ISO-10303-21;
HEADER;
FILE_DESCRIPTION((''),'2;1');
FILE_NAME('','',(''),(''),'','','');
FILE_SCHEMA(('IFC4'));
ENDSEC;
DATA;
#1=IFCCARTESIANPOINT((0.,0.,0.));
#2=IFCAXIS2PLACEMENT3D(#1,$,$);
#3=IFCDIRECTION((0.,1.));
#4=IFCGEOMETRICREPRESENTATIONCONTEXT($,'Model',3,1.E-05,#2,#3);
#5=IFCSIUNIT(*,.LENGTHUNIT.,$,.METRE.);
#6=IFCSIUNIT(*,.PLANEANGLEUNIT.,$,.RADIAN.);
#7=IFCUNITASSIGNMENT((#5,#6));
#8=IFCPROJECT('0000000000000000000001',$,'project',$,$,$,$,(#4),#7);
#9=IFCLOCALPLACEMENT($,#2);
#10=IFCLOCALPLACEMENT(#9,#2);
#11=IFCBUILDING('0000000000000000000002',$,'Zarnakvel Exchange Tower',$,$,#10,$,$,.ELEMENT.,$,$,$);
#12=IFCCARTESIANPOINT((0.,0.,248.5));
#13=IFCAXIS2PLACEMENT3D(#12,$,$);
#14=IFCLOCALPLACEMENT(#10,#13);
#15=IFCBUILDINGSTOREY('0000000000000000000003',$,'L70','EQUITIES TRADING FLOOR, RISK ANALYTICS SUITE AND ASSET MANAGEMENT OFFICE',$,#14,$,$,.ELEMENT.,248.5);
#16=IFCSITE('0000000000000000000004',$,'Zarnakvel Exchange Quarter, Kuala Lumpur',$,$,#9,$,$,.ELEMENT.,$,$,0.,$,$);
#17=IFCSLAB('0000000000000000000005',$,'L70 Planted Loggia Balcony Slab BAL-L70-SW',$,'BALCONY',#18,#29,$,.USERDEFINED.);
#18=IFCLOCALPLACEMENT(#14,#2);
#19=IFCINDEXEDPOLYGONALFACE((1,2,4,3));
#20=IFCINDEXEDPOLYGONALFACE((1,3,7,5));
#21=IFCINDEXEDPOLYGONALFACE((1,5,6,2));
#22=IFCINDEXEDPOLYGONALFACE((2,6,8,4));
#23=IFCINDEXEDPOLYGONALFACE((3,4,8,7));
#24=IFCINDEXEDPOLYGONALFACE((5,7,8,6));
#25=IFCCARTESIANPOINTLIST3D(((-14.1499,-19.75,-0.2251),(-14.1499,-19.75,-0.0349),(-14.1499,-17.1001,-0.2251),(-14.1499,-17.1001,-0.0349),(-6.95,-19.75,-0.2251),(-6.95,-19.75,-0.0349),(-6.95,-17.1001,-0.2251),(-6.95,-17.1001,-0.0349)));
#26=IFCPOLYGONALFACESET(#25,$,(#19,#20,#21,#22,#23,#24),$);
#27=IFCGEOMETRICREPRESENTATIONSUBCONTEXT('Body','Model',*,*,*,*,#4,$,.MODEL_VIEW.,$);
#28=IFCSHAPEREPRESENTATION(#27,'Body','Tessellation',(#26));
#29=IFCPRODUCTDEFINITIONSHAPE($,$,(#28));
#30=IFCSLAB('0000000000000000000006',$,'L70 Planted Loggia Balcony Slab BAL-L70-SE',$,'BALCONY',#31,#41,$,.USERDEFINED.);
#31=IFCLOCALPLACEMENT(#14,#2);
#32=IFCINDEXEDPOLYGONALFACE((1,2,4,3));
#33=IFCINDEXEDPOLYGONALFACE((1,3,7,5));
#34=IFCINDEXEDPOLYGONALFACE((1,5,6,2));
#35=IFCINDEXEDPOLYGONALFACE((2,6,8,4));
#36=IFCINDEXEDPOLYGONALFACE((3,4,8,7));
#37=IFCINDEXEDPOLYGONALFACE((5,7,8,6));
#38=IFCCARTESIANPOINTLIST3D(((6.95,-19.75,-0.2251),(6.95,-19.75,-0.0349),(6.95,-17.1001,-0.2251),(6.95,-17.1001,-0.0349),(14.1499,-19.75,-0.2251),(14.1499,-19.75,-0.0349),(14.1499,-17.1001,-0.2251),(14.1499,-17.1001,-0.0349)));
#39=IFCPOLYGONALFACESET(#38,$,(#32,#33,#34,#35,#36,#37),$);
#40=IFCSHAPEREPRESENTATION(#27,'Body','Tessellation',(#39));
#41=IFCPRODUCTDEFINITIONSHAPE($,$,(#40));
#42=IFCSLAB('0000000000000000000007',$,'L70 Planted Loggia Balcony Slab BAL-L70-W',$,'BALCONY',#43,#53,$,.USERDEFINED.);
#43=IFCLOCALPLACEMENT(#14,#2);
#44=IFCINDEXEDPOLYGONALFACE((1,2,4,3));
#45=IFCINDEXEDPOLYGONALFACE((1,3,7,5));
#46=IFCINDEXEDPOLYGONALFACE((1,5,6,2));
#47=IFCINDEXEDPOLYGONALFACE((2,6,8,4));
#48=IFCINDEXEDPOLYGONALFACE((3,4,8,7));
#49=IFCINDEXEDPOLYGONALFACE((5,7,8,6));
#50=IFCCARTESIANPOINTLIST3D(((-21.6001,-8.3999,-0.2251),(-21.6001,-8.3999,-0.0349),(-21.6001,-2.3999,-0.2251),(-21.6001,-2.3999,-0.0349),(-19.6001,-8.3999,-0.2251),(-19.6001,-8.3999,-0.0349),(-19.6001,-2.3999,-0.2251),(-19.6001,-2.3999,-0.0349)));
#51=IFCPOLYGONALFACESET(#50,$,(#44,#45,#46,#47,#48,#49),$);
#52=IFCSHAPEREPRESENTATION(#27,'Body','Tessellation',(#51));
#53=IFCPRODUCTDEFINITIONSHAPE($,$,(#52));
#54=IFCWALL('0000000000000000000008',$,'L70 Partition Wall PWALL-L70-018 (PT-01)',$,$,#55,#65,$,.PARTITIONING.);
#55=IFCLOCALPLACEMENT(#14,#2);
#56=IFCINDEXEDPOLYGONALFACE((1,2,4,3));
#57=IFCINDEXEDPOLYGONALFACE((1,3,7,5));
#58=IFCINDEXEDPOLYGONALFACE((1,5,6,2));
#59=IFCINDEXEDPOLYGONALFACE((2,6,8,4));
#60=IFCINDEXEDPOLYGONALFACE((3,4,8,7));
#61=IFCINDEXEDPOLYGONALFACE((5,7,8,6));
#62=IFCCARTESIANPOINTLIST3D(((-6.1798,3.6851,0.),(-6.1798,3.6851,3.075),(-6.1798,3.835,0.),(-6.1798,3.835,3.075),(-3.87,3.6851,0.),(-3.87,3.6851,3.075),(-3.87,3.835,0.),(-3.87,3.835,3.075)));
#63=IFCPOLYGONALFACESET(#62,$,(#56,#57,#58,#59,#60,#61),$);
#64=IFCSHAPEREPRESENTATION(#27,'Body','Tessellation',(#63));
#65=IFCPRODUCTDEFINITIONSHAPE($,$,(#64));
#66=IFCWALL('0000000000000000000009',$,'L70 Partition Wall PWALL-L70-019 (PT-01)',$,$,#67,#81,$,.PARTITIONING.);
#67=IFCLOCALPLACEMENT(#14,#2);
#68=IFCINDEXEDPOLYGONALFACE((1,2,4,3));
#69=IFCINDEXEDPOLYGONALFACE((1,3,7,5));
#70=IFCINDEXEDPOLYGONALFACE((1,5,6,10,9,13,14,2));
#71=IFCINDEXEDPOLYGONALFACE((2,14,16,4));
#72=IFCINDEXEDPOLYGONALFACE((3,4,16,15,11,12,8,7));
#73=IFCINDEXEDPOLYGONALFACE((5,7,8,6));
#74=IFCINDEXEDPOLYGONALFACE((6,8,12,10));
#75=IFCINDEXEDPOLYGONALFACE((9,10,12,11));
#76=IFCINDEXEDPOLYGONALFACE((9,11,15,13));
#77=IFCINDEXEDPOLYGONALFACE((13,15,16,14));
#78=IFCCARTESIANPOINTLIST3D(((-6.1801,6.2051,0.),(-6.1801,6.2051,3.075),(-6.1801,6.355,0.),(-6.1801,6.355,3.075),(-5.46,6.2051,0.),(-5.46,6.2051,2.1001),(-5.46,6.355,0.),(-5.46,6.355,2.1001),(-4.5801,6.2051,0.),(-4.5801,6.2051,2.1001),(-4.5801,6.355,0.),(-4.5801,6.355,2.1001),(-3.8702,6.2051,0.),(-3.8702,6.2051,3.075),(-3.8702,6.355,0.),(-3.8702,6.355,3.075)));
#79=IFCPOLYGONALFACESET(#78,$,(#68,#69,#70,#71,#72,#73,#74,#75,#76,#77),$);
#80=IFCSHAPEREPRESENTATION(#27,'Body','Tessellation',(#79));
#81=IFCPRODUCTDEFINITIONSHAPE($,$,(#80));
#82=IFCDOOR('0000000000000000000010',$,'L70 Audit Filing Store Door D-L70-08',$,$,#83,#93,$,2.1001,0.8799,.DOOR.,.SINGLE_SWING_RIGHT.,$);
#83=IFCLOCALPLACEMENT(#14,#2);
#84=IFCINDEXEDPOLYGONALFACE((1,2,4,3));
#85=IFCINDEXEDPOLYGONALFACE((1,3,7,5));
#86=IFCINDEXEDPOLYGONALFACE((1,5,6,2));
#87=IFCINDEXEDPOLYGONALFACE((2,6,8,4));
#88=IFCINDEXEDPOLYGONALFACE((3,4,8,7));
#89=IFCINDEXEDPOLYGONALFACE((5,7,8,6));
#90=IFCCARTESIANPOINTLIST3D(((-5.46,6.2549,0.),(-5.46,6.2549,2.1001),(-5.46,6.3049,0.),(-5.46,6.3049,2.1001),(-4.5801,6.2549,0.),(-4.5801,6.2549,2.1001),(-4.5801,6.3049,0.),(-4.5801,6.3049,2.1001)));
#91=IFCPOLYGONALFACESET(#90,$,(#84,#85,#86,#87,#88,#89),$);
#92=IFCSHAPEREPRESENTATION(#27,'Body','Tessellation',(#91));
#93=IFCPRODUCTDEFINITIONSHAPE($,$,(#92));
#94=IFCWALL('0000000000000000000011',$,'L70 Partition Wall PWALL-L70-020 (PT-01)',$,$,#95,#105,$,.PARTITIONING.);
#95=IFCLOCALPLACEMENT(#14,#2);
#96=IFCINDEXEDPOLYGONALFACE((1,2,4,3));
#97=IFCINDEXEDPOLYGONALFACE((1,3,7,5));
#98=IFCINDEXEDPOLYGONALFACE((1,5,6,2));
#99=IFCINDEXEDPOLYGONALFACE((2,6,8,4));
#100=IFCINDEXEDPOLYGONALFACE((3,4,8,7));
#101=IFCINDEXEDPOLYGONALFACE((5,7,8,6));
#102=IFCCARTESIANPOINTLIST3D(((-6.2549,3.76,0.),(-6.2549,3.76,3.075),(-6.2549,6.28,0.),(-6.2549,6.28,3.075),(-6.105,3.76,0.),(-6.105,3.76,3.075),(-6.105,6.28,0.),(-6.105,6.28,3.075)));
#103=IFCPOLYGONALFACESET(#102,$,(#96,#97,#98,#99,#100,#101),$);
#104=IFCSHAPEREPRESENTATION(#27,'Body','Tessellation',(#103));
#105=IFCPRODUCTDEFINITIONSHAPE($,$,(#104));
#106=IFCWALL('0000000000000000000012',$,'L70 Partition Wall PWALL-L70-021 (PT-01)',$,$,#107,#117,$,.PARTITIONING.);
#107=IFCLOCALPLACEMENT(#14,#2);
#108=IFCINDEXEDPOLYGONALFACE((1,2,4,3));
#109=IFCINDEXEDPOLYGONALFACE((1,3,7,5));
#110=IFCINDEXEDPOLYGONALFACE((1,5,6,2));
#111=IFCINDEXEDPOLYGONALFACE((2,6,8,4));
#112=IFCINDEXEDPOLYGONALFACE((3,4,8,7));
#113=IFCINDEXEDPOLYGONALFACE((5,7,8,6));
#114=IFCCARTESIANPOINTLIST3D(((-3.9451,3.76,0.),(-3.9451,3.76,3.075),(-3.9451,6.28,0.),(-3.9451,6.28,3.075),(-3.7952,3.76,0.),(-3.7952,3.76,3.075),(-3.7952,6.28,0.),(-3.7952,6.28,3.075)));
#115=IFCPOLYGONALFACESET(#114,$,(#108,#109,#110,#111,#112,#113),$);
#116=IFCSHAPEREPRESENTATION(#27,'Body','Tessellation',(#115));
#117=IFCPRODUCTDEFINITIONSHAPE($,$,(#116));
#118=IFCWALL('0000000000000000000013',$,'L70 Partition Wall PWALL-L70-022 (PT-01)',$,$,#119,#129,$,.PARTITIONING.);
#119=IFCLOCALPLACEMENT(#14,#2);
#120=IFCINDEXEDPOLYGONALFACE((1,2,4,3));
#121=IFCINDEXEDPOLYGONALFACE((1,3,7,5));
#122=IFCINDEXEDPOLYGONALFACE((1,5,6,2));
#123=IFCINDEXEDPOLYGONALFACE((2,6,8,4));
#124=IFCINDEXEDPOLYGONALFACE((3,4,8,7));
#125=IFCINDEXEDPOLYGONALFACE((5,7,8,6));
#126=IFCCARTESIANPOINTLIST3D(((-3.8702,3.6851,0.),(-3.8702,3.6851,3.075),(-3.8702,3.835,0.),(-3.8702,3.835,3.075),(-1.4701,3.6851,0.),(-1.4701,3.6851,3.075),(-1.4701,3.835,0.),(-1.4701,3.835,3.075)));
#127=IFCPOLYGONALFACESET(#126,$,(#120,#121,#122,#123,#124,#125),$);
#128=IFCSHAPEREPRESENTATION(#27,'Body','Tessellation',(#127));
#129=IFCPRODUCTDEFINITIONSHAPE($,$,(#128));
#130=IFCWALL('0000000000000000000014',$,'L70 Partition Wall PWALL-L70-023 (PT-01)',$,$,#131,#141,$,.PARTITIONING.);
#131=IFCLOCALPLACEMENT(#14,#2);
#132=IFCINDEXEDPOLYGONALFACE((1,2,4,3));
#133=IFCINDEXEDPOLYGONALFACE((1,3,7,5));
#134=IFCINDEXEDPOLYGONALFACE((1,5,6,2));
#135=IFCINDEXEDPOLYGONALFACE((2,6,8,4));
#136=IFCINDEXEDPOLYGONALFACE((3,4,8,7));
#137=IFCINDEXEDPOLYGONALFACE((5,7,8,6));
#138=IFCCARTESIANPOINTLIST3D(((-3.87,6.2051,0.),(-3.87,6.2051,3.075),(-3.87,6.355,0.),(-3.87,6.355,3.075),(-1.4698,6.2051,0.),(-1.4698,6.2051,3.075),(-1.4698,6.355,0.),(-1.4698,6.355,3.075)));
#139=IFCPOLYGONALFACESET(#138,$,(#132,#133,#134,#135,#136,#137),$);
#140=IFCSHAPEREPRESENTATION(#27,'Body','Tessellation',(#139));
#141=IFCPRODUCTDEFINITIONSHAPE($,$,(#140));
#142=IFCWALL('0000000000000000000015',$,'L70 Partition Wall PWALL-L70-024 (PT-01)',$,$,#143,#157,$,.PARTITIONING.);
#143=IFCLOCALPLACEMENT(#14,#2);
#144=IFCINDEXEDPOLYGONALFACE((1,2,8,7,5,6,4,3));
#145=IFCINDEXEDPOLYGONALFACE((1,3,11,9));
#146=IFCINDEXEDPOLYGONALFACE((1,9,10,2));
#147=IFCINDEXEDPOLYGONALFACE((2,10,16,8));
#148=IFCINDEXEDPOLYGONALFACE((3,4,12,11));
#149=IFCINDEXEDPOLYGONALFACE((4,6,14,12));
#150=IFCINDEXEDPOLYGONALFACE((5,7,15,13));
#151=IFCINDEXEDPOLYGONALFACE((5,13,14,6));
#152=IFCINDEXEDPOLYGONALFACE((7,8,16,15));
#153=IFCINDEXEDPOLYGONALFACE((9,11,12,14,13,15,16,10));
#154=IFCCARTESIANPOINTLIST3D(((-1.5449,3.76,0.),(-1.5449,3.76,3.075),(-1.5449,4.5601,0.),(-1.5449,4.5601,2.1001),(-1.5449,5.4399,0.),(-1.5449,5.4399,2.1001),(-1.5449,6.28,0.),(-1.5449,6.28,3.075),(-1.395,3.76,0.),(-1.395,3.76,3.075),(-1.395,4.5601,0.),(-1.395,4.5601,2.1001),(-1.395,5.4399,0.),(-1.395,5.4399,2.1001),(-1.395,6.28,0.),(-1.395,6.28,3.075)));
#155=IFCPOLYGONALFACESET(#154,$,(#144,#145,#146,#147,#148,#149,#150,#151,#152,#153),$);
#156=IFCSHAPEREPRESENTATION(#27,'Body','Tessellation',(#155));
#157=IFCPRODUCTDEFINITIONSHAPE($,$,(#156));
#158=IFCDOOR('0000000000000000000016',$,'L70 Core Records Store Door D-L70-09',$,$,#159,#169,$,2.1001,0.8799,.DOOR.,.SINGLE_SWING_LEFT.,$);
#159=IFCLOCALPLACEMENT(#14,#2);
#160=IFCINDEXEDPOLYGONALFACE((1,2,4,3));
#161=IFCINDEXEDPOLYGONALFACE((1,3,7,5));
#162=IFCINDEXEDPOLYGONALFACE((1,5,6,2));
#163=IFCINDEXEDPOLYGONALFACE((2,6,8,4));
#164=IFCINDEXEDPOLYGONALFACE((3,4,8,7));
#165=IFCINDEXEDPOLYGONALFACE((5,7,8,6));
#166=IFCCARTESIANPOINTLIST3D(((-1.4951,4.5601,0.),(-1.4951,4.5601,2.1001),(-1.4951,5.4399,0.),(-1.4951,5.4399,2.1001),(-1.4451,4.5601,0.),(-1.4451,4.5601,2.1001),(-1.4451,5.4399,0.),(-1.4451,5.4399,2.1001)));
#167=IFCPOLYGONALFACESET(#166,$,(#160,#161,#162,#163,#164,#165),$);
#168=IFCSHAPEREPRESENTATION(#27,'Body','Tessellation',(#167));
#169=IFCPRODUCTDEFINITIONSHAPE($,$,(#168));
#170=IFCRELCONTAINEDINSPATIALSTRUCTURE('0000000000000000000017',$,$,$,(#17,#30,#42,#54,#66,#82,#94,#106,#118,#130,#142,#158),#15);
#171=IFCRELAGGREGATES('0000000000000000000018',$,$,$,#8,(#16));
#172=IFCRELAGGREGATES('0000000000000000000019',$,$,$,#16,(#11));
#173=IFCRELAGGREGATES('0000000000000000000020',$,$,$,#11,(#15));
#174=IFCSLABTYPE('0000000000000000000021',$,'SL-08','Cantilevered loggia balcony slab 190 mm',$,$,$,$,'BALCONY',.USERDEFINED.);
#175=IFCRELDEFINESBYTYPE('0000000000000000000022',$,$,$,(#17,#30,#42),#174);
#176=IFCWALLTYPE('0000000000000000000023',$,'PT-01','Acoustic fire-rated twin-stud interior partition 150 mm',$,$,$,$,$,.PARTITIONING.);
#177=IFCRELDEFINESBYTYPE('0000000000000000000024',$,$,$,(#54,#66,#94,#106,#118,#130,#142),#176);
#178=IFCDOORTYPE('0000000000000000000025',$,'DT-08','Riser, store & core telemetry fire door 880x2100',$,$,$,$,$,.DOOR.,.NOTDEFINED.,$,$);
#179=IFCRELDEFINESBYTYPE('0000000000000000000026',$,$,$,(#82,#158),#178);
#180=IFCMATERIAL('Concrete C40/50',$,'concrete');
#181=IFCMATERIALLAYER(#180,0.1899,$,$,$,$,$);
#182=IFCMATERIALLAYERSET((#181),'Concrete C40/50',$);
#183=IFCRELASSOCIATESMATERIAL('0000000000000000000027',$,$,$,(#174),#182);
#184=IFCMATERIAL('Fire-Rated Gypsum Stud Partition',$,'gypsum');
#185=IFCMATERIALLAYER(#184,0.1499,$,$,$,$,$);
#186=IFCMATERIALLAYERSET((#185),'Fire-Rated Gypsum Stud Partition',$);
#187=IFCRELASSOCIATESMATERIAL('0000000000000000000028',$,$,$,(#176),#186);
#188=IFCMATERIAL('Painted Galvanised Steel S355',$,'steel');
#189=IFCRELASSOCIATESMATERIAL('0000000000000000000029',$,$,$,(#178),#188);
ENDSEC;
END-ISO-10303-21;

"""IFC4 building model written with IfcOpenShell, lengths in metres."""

from ifc_helpers import new_model, si_unit, direction, frame, frame_2d, origin, place, context, subcontext, project, spatial, polyline, rectangle, outline, extrude, source, transform, mapped, material, layer, layer_set, type_object, element, fill, save


model = new_model("IFC4")

# Units and contexts
model_context = context("Model", 3, precision=1e-05, world=origin(), true_north=direction((0.0, 1.0)))
body_context = subcontext(model_context, "Body", "Model", "MODEL_VIEW")
ifc_project = project(units=[si_unit("LENGTHUNIT", "METRE"), si_unit("PLANEANGLEUNIT", "RADIAN")], contexts=[model_context])

# Site, building, storey
site_placement = place(None, origin())
site = spatial("IfcSite", under=ifc_project, at=site_placement, Name="Zarnakvel Exchange Quarter, Kuala Lumpur", CompositionType="ELEMENT", RefElevation=0.0)
building_placement = place(site_placement, origin())
building = spatial("IfcBuilding", under=site, at=building_placement, Name="Zarnakvel Exchange Tower", CompositionType="ELEMENT")
storey_placement = place(building_placement, frame((0.0, 0.0, 248.5)))
storey = spatial("IfcBuildingStorey", under=building, at=storey_placement, Name="L70", Description="EQUITIES TRADING FLOOR, RISK ANALYTICS SUITE AND ASSET MANAGEMENT OFFICE", CompositionType="ELEMENT", Elevation=248.5)

# Slabs
ifc_material_1 = material(Name="Concrete C40/50", Category="concrete")
ifc_layer_1 = layer(ifc_material_1, 0.1899)
ifc_layer_set_1 = layer_set([ifc_layer_1], Name="Concrete C40/50")
slab_type = type_object("IfcSlabType", Name="SL-08", Description="Cantilevered loggia balcony slab 190 mm", ElementType="BALCONY", PredefinedType="USERDEFINED", material=ifc_layer_set_1)
slab_1_placement = place(storey_placement, frame((0.0, 0.0, -0.2251)))
element("IfcSlab", 1, at=slab_1_placement, inside=storey, type_object=slab_type, Name="L70 Planted Loggia Balcony Slab BAL-L70-SW", ObjectType="BALCONY", PredefinedType="USERDEFINED", context=body_context, shape_type="SweptSolid", body=[
    extrude(outline(polyline([(-14.1499, -19.75), (-6.95, -19.75), (-6.95, -17.1001), (-14.1499, -17.1001), (-14.1499, -19.75)])), origin(), (0.0, 0.0, 1.0), 0.1902),
])
slab_2_placement = place(storey_placement, frame((0.0, 0.0, -0.2251)))
element("IfcSlab", 2, at=slab_2_placement, inside=storey, type_object=slab_type, Name="L70 Planted Loggia Balcony Slab BAL-L70-SE", ObjectType="BALCONY", PredefinedType="USERDEFINED", context=body_context, shape_type="SweptSolid", body=[
    extrude(outline(polyline([(6.95, -19.75), (14.1499, -19.75), (14.1499, -17.1001), (6.95, -17.1001), (6.95, -19.75)])), origin(), (0.0, 0.0, 1.0), 0.1902),
])
slab_3_placement = place(storey_placement, frame((0.0, 0.0, -0.2251)))
element("IfcSlab", 3, at=slab_3_placement, inside=storey, type_object=slab_type, Name="L70 Planted Loggia Balcony Slab BAL-L70-W", ObjectType="BALCONY", PredefinedType="USERDEFINED", context=body_context, shape_type="SweptSolid", body=[
    extrude(outline(polyline([(-21.6001, -8.3999), (-19.6001, -8.3999), (-19.6001, -2.3999), (-21.6001, -2.3999), (-21.6001, -8.3999)])), origin(), (0.0, 0.0, 1.0), 0.1902),
])

# Wall
ifc_material_2 = material(Name="Fire-Rated Gypsum Stud Partition", Category="gypsum")
ifc_layer_2 = layer(ifc_material_2, 0.1499)
ifc_layer_set_2 = layer_set([ifc_layer_2], Name="Fire-Rated Gypsum Stud Partition")
wall_type_1 = type_object("IfcWallType", Name="PT-01", Description="Acoustic fire-rated twin-stud interior partition 150 mm", PredefinedType="PARTITIONING", material=ifc_layer_set_2)
wall_1_placement = place(storey_placement, frame((-3.8701, 3.76, 0.0), z_axis=(0.0, 0.0, 1.0), x_axis=(-1.0, 0.0, 0.0)))
element("IfcWall", 4, at=wall_1_placement, inside=storey, type_object=wall_type_1, Name="L70 Partition Wall PWALL-L70-018 (PT-01)", PredefinedType="PARTITIONING", context=body_context, shape_type="SweptSolid", body=[
    extrude(rectangle(XDim=2.3098, YDim=0.1499, at=frame_2d((1.1548, 0.0))), origin(), (0.0, 0.0, 1.0), 3.075),
])

# Wall, opening, door
wall_2_placement = place(storey_placement, frame((-6.1799, 6.28, 0.0), z_axis=(0.0, 0.0, 1.0), x_axis=(1.0, 0.0, 0.0)))
wall_2 = element("IfcWall", 5, at=wall_2_placement, inside=storey, type_object=wall_type_1, Name="L70 Partition Wall PWALL-L70-019 (PT-01)", PredefinedType="PARTITIONING", context=body_context, shape_type="SweptSolid", body=[
    extrude(rectangle(XDim=2.3098, YDim=0.1499, at=frame_2d((1.1548, 0.0))), origin(), (0.0, 0.0, 1.0), 3.075),
])
opening_1_placement = place(wall_2_placement, frame((0.72, 0.0, 0.0)))
opening_1 = element("IfcOpeningElement", 6, at=opening_1_placement, cuts=wall_2, PredefinedType="OPENING", context=body_context, shape_type="SweptSolid", body=[
    extrude(rectangle(XDim=0.8799, YDim=2.1001, at=frame_2d((0.4399, 1.05))), frame((0.0, 0.085, 0.0), z_axis=(0.0, -1.0, 0.0), x_axis=(1.0, 0.0, 0.0)), (0.0, 0.0, 1.0), 0.1699),
])
ifc_material_3 = material(Name="Painted Galvanised Steel S355", Category="steel")
door_type_1 = type_object("IfcDoorType", Name="DT-08", Description="Riser, store & core telemetry fire door 880x2100", OperationType="NOTDEFINED", PredefinedType="DOOR", material=ifc_material_3)
shared_shape_1 = source(origin(), body_context, "Body", "SweptSolid", [
    extrude(rectangle(XDim=0.8799, YDim=2.1001, at=frame_2d((0.4399, 1.05))), frame((0.0, 0.0249, 0.0), z_axis=(0.0, -1.0, 0.0), x_axis=(1.0, 0.0, 0.0)), (0.0, 0.0, 1.0), 0.05),
])
door_1_placement = place(opening_1_placement, origin())
door_1 = element("IfcDoor", 7, at=door_1_placement, inside=storey, type_object=door_type_1, Name="L70 Audit Filing Store Door D-L70-08", OperationType="SINGLE_SWING_RIGHT", OverallHeight=2.1001, OverallWidth=0.8799, PredefinedType="DOOR", context=body_context, shape_type="MappedRepresentation", body=[
    mapped(shared_shape_1, transform((0.0, 0.0, 0.0), x_axis=(1.0, 0.0, 0.0), y_axis=(0.0, 1.0, 0.0), z_axis=(0.0, 0.0, 1.0), scale=1.0)),
])
fill(opening_1, door_1)

# Walls
for number, where, z_axis, x_axis, name in (
    (8, (-6.1799, 3.76, 0.0), (0.0, 0.0, 1.0), (0.0, 1.0, 0.0), "L70 Partition Wall PWALL-L70-020 (PT-01)"),
    (9, (-3.8701, 6.28, 0.0), (0.0, 0.0, 1.0), (0.0, -1.0, 0.0), "L70 Partition Wall PWALL-L70-021 (PT-01)"),
):
    element("IfcWall", number, at=place(storey_placement, frame(where, z_axis=z_axis, x_axis=x_axis)), inside=storey, type_object=wall_type_1, Name=name, PredefinedType="PARTITIONING", context=body_context, shape_type="SweptSolid", body=[
        extrude(rectangle(XDim=2.52, YDim=0.1499, at=frame_2d((1.26, 0.0))), origin(), (0.0, 0.0, 1.0), 3.075),
    ])
for number, where, z_axis, x_axis, name in (
    (10, (-1.47, 3.76, 0.0), (0.0, 0.0, 1.0), (-1.0, 0.0, 0.0), "L70 Partition Wall PWALL-L70-022 (PT-01)"),
    (11, (-3.8701, 6.28, 0.0), (0.0, 0.0, 1.0), (1.0, 0.0, 0.0), "L70 Partition Wall PWALL-L70-023 (PT-01)"),
):
    element("IfcWall", number, at=place(storey_placement, frame(where, z_axis=z_axis, x_axis=x_axis)), inside=storey, type_object=wall_type_1, Name=name, PredefinedType="PARTITIONING", context=body_context, shape_type="SweptSolid", body=[
        extrude(rectangle(XDim=2.4001, YDim=0.1499, at=frame_2d((1.2002, 0.0))), origin(), (0.0, 0.0, 1.0), 3.075),
    ])

# Wall, opening, door
wall_3_placement = place(storey_placement, frame((-1.47, 6.28, 0.0), z_axis=(0.0, 0.0, 1.0), x_axis=(0.0, -1.0, 0.0)))
wall_3 = element("IfcWall", 12, at=wall_3_placement, inside=storey, type_object=wall_type_1, Name="L70 Partition Wall PWALL-L70-024 (PT-01)", PredefinedType="PARTITIONING", context=body_context, shape_type="SweptSolid", body=[
    extrude(rectangle(XDim=2.52, YDim=0.1499, at=frame_2d((1.26, 0.0))), origin(), (0.0, 0.0, 1.0), 3.075),
])
opening_2_placement = place(wall_3_placement, frame((0.8401, 0.0, 0.0)))
opening_2 = element("IfcOpeningElement", 13, at=opening_2_placement, cuts=wall_3, PredefinedType="OPENING", context=body_context, shape_type="SweptSolid", body=[
    extrude(rectangle(XDim=0.8799, YDim=2.1001, at=frame_2d((0.4399, 1.05))), frame((0.0, 0.085, 0.0), z_axis=(0.0, -1.0, 0.0), x_axis=(1.0, 0.0, 0.0)), (0.0, 0.0, 1.0), 0.1699),
])
door_2_placement = place(opening_2_placement, origin())
door_2 = element("IfcDoor", 14, at=door_2_placement, inside=storey, type_object=door_type_1, Name="L70 Core Records Store Door D-L70-09", OperationType="SINGLE_SWING_LEFT", OverallHeight=2.1001, OverallWidth=0.8799, PredefinedType="DOOR", context=body_context, shape_type="MappedRepresentation", body=[
    mapped(shared_shape_1, transform((0.0, 0.0, 0.0), x_axis=(1.0, 0.0, 0.0), y_axis=(0.0, 1.0, 0.0), z_axis=(0.0, 0.0, 1.0), scale=1.0)),
])
fill(opening_2, door_2)

save(model, "model.ifc")
